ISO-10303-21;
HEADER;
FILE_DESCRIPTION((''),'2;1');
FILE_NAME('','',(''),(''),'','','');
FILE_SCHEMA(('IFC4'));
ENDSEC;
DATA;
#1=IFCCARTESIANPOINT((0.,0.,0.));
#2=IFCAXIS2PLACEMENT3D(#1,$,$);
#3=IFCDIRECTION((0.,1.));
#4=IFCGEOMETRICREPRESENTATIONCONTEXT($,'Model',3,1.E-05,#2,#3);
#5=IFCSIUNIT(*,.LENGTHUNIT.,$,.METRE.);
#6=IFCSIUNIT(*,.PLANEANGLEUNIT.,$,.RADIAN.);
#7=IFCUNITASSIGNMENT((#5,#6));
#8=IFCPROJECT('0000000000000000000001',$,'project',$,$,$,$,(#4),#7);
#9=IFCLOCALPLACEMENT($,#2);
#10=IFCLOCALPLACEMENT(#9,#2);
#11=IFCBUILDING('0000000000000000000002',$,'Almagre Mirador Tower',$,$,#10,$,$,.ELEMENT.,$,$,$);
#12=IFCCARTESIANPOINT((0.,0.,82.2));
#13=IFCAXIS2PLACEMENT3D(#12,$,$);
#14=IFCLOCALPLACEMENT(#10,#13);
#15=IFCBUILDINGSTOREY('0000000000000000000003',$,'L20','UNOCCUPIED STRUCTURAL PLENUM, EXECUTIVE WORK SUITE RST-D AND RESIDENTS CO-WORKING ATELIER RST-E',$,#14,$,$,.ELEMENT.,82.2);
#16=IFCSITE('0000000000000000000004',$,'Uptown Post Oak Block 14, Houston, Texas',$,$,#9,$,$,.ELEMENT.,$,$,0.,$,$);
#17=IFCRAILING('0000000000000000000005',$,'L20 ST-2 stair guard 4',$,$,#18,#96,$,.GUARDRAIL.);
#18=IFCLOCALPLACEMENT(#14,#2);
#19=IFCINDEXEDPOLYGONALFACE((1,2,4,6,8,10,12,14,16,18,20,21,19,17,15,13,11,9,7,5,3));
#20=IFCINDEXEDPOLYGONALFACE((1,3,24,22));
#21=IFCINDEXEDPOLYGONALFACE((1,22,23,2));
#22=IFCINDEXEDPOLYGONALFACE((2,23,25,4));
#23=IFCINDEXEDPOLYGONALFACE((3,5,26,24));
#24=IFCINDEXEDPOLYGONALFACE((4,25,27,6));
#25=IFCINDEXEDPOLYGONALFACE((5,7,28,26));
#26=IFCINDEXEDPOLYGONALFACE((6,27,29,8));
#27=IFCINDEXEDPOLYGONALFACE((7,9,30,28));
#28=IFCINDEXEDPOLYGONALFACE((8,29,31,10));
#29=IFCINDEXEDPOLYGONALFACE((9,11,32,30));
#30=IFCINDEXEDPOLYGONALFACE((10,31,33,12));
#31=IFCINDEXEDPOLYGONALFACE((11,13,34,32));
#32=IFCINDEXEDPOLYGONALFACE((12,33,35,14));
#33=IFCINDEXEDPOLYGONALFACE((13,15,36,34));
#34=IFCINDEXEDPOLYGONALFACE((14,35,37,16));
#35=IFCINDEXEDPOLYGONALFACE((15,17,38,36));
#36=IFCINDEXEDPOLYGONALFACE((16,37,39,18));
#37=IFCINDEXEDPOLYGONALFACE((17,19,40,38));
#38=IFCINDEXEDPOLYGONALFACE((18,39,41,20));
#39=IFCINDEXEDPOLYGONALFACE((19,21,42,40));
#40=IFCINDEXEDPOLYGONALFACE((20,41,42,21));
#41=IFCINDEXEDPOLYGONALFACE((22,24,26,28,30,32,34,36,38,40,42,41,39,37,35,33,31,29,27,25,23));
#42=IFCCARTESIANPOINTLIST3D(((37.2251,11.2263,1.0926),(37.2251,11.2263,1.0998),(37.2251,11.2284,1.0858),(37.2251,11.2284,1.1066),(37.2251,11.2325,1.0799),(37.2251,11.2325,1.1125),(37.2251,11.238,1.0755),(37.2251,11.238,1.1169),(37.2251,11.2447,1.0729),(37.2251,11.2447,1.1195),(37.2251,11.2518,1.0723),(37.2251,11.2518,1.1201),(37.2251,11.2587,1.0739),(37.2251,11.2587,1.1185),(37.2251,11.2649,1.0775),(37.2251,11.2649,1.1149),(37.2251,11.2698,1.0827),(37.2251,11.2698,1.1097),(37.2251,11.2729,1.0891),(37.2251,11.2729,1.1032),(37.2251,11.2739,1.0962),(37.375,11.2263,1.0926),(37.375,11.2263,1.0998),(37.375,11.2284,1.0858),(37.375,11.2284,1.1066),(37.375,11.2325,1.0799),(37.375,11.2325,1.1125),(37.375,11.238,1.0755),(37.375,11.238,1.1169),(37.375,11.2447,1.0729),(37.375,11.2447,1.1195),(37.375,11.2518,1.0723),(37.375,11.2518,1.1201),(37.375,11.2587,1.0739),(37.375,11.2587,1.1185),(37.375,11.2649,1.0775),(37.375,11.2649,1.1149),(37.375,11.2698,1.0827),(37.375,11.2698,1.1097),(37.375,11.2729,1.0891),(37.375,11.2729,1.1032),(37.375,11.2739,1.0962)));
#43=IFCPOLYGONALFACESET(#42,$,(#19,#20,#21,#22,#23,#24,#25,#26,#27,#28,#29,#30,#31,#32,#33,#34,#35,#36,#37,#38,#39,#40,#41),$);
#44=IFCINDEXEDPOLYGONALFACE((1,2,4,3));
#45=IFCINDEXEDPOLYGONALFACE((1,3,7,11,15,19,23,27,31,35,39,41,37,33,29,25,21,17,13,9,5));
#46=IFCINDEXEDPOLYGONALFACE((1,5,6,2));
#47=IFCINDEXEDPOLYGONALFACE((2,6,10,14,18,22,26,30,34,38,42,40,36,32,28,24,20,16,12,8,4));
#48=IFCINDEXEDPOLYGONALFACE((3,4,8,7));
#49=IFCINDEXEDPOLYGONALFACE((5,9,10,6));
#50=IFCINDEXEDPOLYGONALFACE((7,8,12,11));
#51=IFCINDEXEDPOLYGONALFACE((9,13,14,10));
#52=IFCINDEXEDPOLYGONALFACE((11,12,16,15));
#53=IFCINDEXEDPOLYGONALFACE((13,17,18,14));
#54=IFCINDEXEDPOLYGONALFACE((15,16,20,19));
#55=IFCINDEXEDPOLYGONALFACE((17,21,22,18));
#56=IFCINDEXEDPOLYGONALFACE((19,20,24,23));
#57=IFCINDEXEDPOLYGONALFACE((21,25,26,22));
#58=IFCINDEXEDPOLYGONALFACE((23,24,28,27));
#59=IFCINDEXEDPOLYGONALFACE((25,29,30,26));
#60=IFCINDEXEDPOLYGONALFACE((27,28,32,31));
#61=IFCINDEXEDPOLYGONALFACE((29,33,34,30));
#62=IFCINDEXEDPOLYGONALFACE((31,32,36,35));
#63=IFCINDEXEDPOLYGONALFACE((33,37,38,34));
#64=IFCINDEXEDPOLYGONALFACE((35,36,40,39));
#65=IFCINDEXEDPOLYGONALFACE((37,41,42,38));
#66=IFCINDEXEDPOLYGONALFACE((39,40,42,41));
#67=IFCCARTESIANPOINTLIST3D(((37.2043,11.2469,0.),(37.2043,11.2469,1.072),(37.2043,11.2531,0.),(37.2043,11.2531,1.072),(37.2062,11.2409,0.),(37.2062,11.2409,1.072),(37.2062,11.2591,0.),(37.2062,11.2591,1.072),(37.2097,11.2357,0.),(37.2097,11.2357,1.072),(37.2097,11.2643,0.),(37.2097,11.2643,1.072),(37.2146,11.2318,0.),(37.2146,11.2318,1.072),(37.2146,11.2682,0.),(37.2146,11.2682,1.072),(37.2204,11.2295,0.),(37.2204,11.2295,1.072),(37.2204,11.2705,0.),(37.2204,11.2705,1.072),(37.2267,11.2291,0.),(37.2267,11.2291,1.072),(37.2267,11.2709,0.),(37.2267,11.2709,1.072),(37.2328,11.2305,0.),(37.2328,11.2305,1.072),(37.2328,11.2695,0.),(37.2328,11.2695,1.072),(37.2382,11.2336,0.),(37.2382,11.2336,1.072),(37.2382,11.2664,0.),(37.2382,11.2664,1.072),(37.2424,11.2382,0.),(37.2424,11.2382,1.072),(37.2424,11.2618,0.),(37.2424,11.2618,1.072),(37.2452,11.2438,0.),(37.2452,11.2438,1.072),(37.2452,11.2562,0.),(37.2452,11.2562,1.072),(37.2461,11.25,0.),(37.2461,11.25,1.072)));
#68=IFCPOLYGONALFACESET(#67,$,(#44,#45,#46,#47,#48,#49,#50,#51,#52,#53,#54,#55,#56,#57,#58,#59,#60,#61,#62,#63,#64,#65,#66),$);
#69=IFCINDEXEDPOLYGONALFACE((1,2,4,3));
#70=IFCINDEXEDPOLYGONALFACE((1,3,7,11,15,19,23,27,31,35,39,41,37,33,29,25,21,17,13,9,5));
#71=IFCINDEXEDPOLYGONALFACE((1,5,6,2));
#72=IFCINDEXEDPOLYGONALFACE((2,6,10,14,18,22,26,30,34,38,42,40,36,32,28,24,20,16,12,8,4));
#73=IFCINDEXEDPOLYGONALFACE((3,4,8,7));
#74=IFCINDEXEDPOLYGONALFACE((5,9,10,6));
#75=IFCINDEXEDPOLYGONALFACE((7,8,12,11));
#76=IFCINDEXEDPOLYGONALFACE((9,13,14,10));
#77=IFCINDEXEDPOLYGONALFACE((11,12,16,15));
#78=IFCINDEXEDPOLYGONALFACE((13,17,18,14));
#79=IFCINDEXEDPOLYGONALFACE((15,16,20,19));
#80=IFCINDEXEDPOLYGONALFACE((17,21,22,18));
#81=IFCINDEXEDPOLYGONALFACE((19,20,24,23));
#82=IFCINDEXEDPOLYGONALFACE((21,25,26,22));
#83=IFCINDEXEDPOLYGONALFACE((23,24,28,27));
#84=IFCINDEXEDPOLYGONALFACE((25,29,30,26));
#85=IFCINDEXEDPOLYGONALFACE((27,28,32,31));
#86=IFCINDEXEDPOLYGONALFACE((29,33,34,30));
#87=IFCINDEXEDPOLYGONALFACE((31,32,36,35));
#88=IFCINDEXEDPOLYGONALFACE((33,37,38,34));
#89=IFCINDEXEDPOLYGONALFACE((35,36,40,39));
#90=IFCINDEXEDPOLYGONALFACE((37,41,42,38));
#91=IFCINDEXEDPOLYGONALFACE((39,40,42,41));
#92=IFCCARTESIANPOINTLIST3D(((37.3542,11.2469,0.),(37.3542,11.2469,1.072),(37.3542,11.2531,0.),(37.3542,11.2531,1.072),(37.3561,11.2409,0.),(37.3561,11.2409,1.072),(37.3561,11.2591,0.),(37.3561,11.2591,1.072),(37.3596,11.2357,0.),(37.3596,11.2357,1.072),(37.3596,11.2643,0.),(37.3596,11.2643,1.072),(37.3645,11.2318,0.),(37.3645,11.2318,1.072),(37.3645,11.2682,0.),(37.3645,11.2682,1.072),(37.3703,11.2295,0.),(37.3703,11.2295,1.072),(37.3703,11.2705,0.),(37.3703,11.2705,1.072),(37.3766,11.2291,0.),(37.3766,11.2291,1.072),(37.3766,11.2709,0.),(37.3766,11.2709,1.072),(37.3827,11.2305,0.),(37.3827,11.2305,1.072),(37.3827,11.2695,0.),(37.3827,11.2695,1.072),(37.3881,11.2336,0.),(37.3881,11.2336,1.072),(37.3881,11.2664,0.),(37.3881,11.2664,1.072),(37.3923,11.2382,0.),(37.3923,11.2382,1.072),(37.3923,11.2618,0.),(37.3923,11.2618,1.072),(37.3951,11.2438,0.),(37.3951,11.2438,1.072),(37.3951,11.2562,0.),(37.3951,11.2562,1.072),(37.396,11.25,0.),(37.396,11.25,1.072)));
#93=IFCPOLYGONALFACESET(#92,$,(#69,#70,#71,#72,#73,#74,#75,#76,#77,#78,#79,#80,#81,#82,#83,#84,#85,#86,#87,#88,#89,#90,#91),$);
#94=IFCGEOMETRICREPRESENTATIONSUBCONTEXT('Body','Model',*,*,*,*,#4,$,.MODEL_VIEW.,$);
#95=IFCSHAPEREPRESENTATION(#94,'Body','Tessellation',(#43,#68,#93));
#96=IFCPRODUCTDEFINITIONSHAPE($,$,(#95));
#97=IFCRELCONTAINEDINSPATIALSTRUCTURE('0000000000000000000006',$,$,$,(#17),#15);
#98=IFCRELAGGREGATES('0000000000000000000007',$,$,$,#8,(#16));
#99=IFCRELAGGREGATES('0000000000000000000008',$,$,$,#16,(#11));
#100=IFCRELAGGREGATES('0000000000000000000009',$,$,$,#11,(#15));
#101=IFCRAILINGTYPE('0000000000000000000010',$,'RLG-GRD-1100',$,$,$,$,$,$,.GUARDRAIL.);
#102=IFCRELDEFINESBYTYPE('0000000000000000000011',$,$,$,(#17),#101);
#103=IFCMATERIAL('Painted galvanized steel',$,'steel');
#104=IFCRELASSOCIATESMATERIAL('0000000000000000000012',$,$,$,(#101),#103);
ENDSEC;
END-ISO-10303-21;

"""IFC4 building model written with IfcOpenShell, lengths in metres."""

from ifc_helpers import new_model, si_unit, direction, frame, origin, origin_2d, place, context, subcontext, project, spatial, circle, extrude, material, type_object, element, save


model = new_model("IFC4")

# Units and contexts
model_context = context("Model", 3, precision=1e-05, world=origin(), true_north=direction((0.0, 1.0)))
body_context = subcontext(model_context, "Body", "Model", "MODEL_VIEW")
ifc_project = project(units=[si_unit("LENGTHUNIT", "METRE"), si_unit("PLANEANGLEUNIT", "RADIAN")], contexts=[model_context])

# Site, building, storey
site_placement = place(None, origin())
site = spatial("IfcSite", under=ifc_project, at=site_placement, Name="Uptown Post Oak Block 14, Houston, Texas", CompositionType="ELEMENT", RefElevation=0.0)
building_placement = place(site_placement, origin())
building = spatial("IfcBuilding", under=site, at=building_placement, Name="Almagre Mirador Tower", CompositionType="ELEMENT")
storey_placement = place(building_placement, frame((0.0, 0.0, 82.2)))
storey = spatial("IfcBuildingStorey", under=building, at=storey_placement, Name="L20", Description="UNOCCUPIED STRUCTURAL PLENUM, EXECUTIVE WORK SUITE RST-D AND RESIDENTS CO-WORKING ATELIER RST-E", CompositionType="ELEMENT", Elevation=82.2)

# Railing
ifc_material_1 = material(Name="Painted galvanized steel", Category="steel")
railing_type_1 = type_object("IfcRailingType", Name="RLG-GRD-1100", PredefinedType="GUARDRAIL", material=ifc_material_1)
railing_1_placement = place(storey_placement, frame((37.2251, 11.25, 0.0)))
element("IfcRailing", 1, at=railing_1_placement, inside=storey, type_object=railing_type_1, Name="L20 ST-2 stair guard 4", PredefinedType="GUARDRAIL", context=body_context, shape_type="SweptSolid", body=[
    extrude(circle(Radius=0.0239, at=origin_2d()), frame((0.0, 0.0, 1.0962), z_axis=(1.0, 0.0, 0.0), x_axis=(0.0, 1.0, 0.0)), (0.0, 0.0, 1.0), 0.1499),
    extrude(circle(Radius=0.021, at=origin_2d()), origin(), (0.0, 0.0, 1.0), 1.072),
    extrude(circle(Radius=0.021, at=origin_2d()), frame((0.1499, 0.0, 0.0)), (0.0, 0.0, 1.0), 1.072),
])

save(model, "model.ifc")
